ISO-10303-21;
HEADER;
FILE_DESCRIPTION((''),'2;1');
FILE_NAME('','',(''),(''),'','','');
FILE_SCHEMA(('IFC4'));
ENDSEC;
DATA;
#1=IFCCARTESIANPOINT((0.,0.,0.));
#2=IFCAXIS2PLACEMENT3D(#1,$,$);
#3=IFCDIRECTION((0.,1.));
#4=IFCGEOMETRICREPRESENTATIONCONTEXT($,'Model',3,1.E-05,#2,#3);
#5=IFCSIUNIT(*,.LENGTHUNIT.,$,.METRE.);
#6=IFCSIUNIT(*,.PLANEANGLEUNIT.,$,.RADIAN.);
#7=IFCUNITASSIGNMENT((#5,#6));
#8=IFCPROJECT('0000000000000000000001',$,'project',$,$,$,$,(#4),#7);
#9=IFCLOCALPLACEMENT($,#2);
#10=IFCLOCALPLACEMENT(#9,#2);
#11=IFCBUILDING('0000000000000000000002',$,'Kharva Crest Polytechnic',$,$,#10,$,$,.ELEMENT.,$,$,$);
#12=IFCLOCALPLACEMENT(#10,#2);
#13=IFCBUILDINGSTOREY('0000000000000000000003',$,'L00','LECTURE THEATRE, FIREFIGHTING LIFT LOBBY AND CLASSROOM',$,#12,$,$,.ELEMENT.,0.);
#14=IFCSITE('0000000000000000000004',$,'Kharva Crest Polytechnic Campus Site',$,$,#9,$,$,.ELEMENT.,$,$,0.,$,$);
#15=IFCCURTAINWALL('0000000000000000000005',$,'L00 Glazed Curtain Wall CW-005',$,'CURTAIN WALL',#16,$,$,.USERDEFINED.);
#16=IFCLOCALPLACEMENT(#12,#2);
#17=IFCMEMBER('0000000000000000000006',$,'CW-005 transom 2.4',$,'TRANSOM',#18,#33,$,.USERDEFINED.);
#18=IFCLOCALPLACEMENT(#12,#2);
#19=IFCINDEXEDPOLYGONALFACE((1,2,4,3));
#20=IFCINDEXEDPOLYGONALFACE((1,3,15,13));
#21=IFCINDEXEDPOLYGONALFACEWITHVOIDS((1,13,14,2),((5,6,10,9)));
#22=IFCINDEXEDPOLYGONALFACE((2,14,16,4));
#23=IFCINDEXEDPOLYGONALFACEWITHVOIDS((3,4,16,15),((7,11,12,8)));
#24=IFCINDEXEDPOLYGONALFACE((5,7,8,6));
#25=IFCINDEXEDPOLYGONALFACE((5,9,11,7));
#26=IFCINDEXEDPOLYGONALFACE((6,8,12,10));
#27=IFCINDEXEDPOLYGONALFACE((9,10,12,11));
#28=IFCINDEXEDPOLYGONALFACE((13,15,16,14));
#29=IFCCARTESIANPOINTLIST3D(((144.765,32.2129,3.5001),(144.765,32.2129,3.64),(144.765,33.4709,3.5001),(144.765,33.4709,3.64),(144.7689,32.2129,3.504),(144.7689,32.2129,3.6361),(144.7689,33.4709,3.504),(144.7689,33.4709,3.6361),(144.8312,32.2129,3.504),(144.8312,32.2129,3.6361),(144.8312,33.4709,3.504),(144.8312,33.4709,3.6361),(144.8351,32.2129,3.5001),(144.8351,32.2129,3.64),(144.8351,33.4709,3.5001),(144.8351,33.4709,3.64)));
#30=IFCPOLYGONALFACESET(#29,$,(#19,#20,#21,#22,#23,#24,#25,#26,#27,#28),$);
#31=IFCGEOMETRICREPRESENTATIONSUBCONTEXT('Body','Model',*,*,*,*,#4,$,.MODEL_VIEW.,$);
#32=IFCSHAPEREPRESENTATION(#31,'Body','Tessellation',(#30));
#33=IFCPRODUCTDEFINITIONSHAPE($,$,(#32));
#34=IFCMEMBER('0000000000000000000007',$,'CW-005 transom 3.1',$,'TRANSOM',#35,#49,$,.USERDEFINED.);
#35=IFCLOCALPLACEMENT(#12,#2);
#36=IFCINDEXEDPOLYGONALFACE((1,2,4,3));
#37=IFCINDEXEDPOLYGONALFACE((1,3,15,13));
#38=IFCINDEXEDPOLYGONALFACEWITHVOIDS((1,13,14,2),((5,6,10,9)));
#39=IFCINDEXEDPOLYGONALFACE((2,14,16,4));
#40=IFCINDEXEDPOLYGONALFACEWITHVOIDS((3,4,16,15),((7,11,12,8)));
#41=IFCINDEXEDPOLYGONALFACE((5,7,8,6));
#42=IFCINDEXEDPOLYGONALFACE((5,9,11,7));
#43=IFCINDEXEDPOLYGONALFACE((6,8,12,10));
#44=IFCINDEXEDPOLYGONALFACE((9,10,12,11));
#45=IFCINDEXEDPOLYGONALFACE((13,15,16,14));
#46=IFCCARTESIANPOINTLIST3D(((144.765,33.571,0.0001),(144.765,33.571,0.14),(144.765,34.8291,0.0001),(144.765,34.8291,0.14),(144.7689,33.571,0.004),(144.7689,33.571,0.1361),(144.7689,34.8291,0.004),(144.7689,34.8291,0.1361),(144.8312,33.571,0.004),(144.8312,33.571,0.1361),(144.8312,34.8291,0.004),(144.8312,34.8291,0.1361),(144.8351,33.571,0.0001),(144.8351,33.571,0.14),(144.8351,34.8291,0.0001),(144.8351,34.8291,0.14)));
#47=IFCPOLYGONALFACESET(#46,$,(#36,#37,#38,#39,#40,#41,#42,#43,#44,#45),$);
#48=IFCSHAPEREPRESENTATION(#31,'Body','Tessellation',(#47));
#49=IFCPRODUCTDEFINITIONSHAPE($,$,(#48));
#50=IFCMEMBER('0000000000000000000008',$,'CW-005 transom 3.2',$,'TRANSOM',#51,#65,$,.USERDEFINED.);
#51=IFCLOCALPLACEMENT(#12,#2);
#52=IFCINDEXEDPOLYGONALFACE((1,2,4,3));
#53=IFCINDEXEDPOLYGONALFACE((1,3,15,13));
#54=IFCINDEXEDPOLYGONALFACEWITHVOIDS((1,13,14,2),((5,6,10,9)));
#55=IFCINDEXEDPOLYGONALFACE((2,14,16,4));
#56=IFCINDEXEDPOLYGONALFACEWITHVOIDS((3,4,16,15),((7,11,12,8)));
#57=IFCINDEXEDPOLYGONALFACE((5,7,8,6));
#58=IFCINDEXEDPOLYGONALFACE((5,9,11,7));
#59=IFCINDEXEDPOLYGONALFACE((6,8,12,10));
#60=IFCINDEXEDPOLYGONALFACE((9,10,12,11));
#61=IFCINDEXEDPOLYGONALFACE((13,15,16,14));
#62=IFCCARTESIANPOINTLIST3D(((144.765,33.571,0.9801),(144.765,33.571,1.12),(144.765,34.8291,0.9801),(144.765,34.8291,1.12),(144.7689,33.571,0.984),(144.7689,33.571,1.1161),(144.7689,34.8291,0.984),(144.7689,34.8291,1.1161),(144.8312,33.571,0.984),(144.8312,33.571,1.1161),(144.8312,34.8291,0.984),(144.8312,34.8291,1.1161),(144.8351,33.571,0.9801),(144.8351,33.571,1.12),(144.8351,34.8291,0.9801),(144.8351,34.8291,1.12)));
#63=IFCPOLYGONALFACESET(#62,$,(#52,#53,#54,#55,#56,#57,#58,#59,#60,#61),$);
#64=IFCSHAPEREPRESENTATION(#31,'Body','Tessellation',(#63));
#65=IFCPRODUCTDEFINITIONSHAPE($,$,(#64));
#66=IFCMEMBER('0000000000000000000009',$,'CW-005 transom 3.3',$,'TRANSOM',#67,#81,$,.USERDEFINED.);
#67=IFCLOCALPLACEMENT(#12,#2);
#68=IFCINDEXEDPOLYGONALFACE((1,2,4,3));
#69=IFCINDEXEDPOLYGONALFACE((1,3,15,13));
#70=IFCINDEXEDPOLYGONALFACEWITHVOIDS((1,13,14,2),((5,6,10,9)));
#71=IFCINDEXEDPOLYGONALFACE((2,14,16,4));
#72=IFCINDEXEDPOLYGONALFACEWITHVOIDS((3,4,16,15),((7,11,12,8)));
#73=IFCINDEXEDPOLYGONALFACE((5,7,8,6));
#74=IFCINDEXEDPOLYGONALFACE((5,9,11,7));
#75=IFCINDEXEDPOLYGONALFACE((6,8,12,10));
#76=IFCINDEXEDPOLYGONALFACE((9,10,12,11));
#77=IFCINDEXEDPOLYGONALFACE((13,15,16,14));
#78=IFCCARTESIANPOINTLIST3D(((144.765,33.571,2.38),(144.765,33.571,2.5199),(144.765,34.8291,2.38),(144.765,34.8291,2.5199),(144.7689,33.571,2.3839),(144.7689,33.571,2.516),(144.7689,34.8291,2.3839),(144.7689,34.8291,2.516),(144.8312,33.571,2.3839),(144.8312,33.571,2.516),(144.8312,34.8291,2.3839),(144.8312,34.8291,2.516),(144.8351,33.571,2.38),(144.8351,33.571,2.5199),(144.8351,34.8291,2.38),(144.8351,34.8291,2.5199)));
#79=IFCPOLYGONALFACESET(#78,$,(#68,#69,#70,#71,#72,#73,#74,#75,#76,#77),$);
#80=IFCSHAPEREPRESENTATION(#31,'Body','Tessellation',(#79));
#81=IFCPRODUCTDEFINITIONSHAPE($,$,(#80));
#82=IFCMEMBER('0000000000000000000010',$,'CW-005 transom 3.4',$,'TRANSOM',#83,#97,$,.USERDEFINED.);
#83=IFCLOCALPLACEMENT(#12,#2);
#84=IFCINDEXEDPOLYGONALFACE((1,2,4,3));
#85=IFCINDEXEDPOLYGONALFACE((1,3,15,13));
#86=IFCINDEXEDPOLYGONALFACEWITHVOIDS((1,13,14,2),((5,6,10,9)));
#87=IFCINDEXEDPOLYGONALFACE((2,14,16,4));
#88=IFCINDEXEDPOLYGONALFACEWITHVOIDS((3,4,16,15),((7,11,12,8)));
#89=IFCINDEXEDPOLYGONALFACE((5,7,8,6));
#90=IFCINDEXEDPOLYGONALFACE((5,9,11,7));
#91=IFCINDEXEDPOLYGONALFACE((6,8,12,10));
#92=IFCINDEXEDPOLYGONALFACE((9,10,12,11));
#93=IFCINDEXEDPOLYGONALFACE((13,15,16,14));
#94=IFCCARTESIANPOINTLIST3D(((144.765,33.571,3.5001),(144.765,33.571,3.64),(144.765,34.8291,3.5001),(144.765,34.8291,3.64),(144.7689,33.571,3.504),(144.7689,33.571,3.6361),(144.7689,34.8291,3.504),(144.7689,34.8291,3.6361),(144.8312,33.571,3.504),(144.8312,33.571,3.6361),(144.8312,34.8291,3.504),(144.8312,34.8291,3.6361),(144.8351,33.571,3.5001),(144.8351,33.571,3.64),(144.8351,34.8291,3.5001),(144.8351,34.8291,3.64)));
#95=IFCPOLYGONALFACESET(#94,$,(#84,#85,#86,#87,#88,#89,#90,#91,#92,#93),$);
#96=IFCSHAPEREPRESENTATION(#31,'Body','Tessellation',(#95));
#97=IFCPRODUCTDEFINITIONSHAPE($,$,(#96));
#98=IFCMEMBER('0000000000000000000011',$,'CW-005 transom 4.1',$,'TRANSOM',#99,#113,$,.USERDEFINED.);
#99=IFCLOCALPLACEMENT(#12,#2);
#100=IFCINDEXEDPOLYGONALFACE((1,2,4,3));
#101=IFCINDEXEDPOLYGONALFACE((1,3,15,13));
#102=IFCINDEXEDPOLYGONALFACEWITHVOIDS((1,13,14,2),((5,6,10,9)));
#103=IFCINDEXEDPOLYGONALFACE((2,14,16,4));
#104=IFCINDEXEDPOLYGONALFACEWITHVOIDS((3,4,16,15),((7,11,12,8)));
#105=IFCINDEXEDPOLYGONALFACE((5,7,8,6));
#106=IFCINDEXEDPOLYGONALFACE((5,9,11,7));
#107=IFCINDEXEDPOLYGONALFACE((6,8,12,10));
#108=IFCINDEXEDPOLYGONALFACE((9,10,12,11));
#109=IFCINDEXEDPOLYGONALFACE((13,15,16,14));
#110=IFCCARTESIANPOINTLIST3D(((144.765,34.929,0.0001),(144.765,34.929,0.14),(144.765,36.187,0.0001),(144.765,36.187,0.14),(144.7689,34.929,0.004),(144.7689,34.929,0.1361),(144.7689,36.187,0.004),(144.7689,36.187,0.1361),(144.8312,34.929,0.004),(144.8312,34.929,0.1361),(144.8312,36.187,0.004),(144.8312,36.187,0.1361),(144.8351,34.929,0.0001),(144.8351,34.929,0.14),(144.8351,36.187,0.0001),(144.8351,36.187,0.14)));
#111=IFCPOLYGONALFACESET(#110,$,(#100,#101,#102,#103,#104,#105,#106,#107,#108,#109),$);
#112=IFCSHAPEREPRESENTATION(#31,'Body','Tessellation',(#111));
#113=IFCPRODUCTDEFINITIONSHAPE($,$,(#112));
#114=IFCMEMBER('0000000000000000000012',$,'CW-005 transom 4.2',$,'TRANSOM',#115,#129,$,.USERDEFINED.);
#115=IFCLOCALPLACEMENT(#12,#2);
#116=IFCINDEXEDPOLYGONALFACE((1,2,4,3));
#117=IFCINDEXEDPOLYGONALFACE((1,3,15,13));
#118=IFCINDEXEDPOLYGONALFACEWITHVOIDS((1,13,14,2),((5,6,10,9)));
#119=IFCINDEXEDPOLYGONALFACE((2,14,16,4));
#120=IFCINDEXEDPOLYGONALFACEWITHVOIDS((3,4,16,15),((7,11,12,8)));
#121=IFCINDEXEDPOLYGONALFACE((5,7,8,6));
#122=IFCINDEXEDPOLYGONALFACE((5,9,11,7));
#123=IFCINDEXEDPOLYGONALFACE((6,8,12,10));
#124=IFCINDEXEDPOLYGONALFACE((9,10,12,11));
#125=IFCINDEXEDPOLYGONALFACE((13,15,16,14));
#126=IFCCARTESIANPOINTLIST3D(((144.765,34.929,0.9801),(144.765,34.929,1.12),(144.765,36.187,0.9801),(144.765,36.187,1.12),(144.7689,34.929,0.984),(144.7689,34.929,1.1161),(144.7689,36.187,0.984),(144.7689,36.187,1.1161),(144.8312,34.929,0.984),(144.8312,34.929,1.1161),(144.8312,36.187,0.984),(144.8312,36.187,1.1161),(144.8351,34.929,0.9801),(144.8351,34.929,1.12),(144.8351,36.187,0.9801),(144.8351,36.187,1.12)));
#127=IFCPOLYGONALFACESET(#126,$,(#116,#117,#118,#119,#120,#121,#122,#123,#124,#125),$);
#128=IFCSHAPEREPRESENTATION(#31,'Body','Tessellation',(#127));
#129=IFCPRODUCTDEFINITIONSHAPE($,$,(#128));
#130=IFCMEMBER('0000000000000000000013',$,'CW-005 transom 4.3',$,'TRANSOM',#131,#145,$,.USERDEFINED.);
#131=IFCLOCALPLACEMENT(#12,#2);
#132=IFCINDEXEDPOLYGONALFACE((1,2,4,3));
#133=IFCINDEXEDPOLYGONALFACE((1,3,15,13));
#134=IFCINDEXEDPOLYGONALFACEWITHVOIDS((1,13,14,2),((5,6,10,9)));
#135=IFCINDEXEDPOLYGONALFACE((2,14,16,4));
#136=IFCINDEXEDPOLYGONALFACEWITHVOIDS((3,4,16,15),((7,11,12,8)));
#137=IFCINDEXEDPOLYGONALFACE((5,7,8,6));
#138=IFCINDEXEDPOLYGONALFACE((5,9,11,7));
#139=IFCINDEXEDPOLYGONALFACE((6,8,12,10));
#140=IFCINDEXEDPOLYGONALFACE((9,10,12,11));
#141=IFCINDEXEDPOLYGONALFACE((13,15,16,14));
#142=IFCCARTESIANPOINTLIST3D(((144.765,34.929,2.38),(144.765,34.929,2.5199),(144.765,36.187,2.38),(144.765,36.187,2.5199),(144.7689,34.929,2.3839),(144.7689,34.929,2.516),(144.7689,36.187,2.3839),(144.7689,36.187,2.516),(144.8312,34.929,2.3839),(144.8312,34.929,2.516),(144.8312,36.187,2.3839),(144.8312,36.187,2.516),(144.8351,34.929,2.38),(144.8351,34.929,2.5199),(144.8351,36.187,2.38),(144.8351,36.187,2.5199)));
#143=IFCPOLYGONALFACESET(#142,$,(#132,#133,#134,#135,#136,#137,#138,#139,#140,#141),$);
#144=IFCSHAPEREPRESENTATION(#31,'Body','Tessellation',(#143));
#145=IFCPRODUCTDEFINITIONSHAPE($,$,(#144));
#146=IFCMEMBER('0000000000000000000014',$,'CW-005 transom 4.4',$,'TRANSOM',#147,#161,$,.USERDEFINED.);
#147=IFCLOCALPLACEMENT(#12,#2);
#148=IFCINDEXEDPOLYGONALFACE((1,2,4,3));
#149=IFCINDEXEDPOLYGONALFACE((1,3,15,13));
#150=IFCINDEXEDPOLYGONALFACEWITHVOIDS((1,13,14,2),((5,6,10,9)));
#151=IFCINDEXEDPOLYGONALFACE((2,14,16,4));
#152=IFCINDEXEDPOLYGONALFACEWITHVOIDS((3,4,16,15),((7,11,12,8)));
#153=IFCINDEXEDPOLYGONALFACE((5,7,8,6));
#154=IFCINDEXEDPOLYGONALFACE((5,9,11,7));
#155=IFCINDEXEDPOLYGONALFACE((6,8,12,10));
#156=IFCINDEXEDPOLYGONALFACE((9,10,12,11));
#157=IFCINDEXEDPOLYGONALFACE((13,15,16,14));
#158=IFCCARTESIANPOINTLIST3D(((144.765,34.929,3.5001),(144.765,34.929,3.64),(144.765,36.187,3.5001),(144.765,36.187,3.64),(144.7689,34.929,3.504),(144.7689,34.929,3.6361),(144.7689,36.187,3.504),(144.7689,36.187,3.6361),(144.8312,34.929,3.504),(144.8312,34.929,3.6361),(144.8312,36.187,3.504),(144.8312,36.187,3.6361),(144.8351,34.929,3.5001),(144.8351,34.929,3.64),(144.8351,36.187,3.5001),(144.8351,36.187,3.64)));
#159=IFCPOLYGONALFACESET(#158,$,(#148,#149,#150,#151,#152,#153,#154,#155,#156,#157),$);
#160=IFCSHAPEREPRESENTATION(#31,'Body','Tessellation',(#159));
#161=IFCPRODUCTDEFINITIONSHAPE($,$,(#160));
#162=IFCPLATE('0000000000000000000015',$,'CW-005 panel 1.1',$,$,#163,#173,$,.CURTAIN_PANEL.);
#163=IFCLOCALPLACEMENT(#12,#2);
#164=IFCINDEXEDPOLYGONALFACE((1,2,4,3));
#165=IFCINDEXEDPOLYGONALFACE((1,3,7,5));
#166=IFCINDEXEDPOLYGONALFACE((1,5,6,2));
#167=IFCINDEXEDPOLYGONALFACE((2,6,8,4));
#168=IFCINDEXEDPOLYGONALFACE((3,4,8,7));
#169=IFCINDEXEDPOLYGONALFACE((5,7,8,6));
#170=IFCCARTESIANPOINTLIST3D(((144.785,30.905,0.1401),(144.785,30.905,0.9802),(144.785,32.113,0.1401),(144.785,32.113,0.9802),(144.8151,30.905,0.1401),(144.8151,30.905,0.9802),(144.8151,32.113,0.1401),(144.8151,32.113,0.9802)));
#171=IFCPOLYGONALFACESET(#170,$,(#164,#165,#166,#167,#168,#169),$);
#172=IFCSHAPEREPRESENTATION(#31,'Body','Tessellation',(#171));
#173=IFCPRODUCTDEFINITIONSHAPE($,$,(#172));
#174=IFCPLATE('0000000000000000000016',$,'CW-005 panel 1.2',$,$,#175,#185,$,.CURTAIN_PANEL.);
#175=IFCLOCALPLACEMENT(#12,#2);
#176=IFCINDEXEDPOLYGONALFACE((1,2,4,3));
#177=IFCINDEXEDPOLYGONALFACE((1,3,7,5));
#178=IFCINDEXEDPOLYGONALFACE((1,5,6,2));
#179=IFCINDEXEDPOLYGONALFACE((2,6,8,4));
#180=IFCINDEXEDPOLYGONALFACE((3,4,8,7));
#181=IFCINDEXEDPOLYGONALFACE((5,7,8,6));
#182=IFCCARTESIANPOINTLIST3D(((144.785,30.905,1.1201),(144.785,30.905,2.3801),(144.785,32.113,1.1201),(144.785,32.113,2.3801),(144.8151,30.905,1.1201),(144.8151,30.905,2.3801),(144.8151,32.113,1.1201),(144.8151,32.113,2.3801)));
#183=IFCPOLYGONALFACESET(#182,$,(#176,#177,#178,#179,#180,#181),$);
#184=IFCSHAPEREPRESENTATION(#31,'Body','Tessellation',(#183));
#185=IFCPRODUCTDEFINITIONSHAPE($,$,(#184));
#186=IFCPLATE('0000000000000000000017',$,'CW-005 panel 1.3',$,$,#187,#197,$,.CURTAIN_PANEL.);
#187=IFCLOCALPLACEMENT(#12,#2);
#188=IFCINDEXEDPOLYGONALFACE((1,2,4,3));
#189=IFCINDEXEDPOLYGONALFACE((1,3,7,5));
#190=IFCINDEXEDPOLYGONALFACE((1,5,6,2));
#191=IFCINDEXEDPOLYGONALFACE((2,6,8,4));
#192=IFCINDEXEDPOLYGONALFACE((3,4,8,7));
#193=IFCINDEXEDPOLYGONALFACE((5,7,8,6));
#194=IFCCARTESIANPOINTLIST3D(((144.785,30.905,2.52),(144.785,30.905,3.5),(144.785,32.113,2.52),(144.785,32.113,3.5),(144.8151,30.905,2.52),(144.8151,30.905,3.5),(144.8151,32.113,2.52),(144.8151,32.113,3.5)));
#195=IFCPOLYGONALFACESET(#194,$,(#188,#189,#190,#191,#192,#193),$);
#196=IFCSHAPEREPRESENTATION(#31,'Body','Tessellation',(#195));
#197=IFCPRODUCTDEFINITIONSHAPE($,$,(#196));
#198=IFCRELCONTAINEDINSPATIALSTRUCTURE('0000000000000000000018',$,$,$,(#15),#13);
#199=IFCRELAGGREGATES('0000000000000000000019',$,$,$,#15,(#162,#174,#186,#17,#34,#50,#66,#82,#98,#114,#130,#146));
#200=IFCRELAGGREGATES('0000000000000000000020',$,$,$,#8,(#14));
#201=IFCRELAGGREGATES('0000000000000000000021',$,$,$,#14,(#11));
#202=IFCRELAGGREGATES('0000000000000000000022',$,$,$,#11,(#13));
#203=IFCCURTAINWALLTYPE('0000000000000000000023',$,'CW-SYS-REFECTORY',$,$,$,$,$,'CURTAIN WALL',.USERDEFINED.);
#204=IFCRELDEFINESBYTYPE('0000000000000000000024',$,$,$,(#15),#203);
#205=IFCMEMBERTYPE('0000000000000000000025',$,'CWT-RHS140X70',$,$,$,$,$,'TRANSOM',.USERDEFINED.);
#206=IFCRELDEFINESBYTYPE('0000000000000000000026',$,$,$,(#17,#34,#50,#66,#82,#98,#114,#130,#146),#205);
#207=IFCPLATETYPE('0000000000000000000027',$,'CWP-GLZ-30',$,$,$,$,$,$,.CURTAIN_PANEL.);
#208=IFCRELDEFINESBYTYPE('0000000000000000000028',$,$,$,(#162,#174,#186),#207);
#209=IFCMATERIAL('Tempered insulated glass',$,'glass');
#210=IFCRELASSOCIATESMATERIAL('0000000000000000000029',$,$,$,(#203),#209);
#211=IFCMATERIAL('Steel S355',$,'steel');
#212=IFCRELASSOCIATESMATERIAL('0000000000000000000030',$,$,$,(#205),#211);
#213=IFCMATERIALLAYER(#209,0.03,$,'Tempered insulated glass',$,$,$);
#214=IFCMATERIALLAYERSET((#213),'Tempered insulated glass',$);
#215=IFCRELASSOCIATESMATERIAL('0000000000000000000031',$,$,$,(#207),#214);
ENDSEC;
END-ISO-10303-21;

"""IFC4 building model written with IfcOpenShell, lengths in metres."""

from ifc_helpers import new_model, si_unit, direction, frame, origin, origin_2d, place, context, subcontext, project, spatial, rectangle, hollow_rectangle, extrude, material, layer, layer_set, material_profile, profile_set, type_object, element, aggregate, save


model = new_model("IFC4")

# Units and contexts
model_context = context("Model", 3, precision=1e-05, world=origin(), true_north=direction((0.0, 1.0)))
body_context = subcontext(model_context, "Body", "Model", "MODEL_VIEW")
ifc_project = project(units=[si_unit("LENGTHUNIT", "METRE"), si_unit("PLANEANGLEUNIT", "RADIAN")], contexts=[model_context])

# Site, building, storey
site_placement = place(None, origin())
site = spatial("IfcSite", under=ifc_project, at=site_placement, Name="Kharva Crest Polytechnic Campus Site", CompositionType="ELEMENT", RefElevation=0.0)
building_placement = place(site_placement, origin())
building = spatial("IfcBuilding", under=site, at=building_placement, Name="Kharva Crest Polytechnic", CompositionType="ELEMENT")
storey_placement = place(building_placement, origin())
storey = spatial("IfcBuildingStorey", under=building, at=storey_placement, Name="L00", Description="LECTURE THEATRE, FIREFIGHTING LIFT LOBBY AND CLASSROOM", CompositionType="ELEMENT", Elevation=0.0)

# Curtain wall, members, plates
ifc_material_1 = material(Name="Tempered insulated glass", Category="glass")
curtain_wall_type = type_object("IfcCurtainWallType", Name="CW-SYS-REFECTORY", ElementType="CURTAIN WALL", PredefinedType="USERDEFINED", material=ifc_material_1)
curtain_wall_placement = place(storey_placement, origin())
curtain_wall = element("IfcCurtainWall", 1, at=curtain_wall_placement, inside=storey, type_object=curtain_wall_type, Name="L00 Glazed Curtain Wall CW-005", ObjectType="CURTAIN WALL", PredefinedType="USERDEFINED")
ifc_material_2 = material(Name="Steel S355", Category="steel")
ifc_material_profile_1 = material_profile(ifc_material_2, hollow_rectangle(XDim=0.0701, YDim=0.1399, WallThickness=0.0039, at=origin_2d()), Name="RHS 140X70X4.0")
ifc_profile_set_1 = profile_set([ifc_material_profile_1], Name="Steel S355")
member_type_1 = type_object("IfcMemberType", Name="CWT-RHS140X70", ElementType="TRANSOM", PredefinedType="USERDEFINED", material=ifc_profile_set_1)
member_1_placement = place(storey_placement, frame((144.8, 32.2129, 3.5701), z_axis=(0.0, 1.0, 0.0), x_axis=(-1.0, 0.0, 0.0)))
member_1 = element("IfcMember", 2, at=member_1_placement, type_object=member_type_1, Name="CW-005 transom 2.4", ObjectType="TRANSOM", PredefinedType="USERDEFINED", context=body_context, shape_type="SweptSolid", body=[
    extrude(hollow_rectangle(XDim=0.0701, YDim=0.1399, WallThickness=0.0039, at=origin_2d()), origin(), (0.0, 0.0, 1.0), 1.2581),
])
member_2_placement = place(storey_placement, frame((144.8, 33.571, 0.0701), z_axis=(0.0, 1.0, 0.0), x_axis=(-1.0, 0.0, 0.0)))
member_2 = element("IfcMember", 3, at=member_2_placement, type_object=member_type_1, Name="CW-005 transom 3.1", ObjectType="TRANSOM", PredefinedType="USERDEFINED", context=body_context, shape_type="SweptSolid", body=[
    extrude(hollow_rectangle(XDim=0.0701, YDim=0.1399, WallThickness=0.0039, at=origin_2d()), origin(), (0.0, 0.0, 1.0), 1.2581),
])
member_3_placement = place(storey_placement, frame((144.8, 33.571, 1.05), z_axis=(0.0, 1.0, 0.0), x_axis=(-1.0, 0.0, 0.0)))
member_3 = element("IfcMember", 4, at=member_3_placement, type_object=member_type_1, Name="CW-005 transom 3.2", ObjectType="TRANSOM", PredefinedType="USERDEFINED", context=body_context, shape_type="SweptSolid", body=[
    extrude(hollow_rectangle(XDim=0.0701, YDim=0.1399, WallThickness=0.0039, at=origin_2d()), origin(), (0.0, 0.0, 1.0), 1.2581),
])
member_4_placement = place(storey_placement, frame((144.8, 33.571, 2.45), z_axis=(0.0, 1.0, 0.0), x_axis=(-1.0, 0.0, 0.0)))
member_4 = element("IfcMember", 5, at=member_4_placement, type_object=member_type_1, Name="CW-005 transom 3.3", ObjectType="TRANSOM", PredefinedType="USERDEFINED", context=body_context, shape_type="SweptSolid", body=[
    extrude(hollow_rectangle(XDim=0.0701, YDim=0.1399, WallThickness=0.0039, at=origin_2d()), origin(), (0.0, 0.0, 1.0), 1.2581),
])
member_5_placement = place(storey_placement, frame((144.8, 33.571, 3.5701), z_axis=(0.0, 1.0, 0.0), x_axis=(-1.0, 0.0, 0.0)))
member_5 = element("IfcMember", 6, at=member_5_placement, type_object=member_type_1, Name="CW-005 transom 3.4", ObjectType="TRANSOM", PredefinedType="USERDEFINED", context=body_context, shape_type="SweptSolid", body=[
    extrude(hollow_rectangle(XDim=0.0701, YDim=0.1399, WallThickness=0.0039, at=origin_2d()), origin(), (0.0, 0.0, 1.0), 1.2581),
])
member_6_placement = place(storey_placement, frame((144.8, 34.929, 0.0701), z_axis=(0.0, 1.0, 0.0), x_axis=(-1.0, 0.0, 0.0)))
member_6 = element("IfcMember", 7, at=member_6_placement, type_object=member_type_1, Name="CW-005 transom 4.1", ObjectType="TRANSOM", PredefinedType="USERDEFINED", context=body_context, shape_type="SweptSolid", body=[
    extrude(hollow_rectangle(XDim=0.0701, YDim=0.1399, WallThickness=0.0039, at=origin_2d()), origin(), (0.0, 0.0, 1.0), 1.2581),
])
member_7_placement = place(storey_placement, frame((144.8, 34.929, 1.05), z_axis=(0.0, 1.0, 0.0), x_axis=(-1.0, 0.0, 0.0)))
member_7 = element("IfcMember", 8, at=member_7_placement, type_object=member_type_1, Name="CW-005 transom 4.2", ObjectType="TRANSOM", PredefinedType="USERDEFINED", context=body_context, shape_type="SweptSolid", body=[
    extrude(hollow_rectangle(XDim=0.0701, YDim=0.1399, WallThickness=0.0039, at=origin_2d()), origin(), (0.0, 0.0, 1.0), 1.2581),
])
member_8_placement = place(storey_placement, frame((144.8, 34.929, 2.45), z_axis=(0.0, 1.0, 0.0), x_axis=(-1.0, 0.0, 0.0)))
member_8 = element("IfcMember", 9, at=member_8_placement, type_object=member_type_1, Name="CW-005 transom 4.3", ObjectType="TRANSOM", PredefinedType="USERDEFINED", context=body_context, shape_type="SweptSolid", body=[
    extrude(hollow_rectangle(XDim=0.0701, YDim=0.1399, WallThickness=0.0039, at=origin_2d()), origin(), (0.0, 0.0, 1.0), 1.2581),
])
member_9_placement = place(storey_placement, frame((144.8, 34.929, 3.5701), z_axis=(0.0, 1.0, 0.0), x_axis=(-1.0, 0.0, 0.0)))
member_9 = element("IfcMember", 10, at=member_9_placement, type_object=member_type_1, Name="CW-005 transom 4.4", ObjectType="TRANSOM", PredefinedType="USERDEFINED", context=body_context, shape_type="SweptSolid", body=[
    extrude(hollow_rectangle(XDim=0.0701, YDim=0.1399, WallThickness=0.0039, at=origin_2d()), origin(), (0.0, 0.0, 1.0), 1.2581),
])
ifc_layer = layer(ifc_material_1, 0.03, Name="Tempered insulated glass")
ifc_layer_set = layer_set([ifc_layer], Name="Tempered insulated glass")
plate_type = type_object("IfcPlateType", Name="CWP-GLZ-30", PredefinedType="CURTAIN_PANEL", material=ifc_layer_set)
plate_1_placement = place(storey_placement, frame((144.8, 31.509, 0.1401), z_axis=(0.0, 0.0, 1.0), x_axis=(0.0, 1.0, 0.0)))
plate_1 = element("IfcPlate", 11, at=plate_1_placement, type_object=plate_type, Name="CW-005 panel 1.1", PredefinedType="CURTAIN_PANEL", context=body_context, shape_type="SweptSolid", body=[
    extrude(rectangle(XDim=1.208, YDim=0.03, at=origin_2d()), origin(), (0.0, 0.0, 1.0), 0.8401),
])
plate_2_placement = place(storey_placement, frame((144.8, 31.509, 1.1201), z_axis=(0.0, 0.0, 1.0), x_axis=(0.0, 1.0, 0.0)))
plate_2 = element("IfcPlate", 12, at=plate_2_placement, type_object=plate_type, Name="CW-005 panel 1.2", PredefinedType="CURTAIN_PANEL", context=body_context, shape_type="SweptSolid", body=[
    extrude(rectangle(XDim=1.208, YDim=0.03, at=origin_2d()), origin(), (0.0, 0.0, 1.0), 1.26),
])
plate_3_placement = place(storey_placement, frame((144.8, 31.509, 2.52), z_axis=(0.0, 0.0, 1.0), x_axis=(0.0, 1.0, 0.0)))
plate_3 = element("IfcPlate", 13, at=plate_3_placement, type_object=plate_type, Name="CW-005 panel 1.3", PredefinedType="CURTAIN_PANEL", context=body_context, shape_type="SweptSolid", body=[
    extrude(rectangle(XDim=1.208, YDim=0.03, at=origin_2d()), origin(), (0.0, 0.0, 1.0), 0.98),
])
aggregate(curtain_wall, [plate_1, plate_2, plate_3, member_1, member_2, member_3, member_4, member_5, member_6, member_7, member_8, member_9])

save(model, "model.ifc")
